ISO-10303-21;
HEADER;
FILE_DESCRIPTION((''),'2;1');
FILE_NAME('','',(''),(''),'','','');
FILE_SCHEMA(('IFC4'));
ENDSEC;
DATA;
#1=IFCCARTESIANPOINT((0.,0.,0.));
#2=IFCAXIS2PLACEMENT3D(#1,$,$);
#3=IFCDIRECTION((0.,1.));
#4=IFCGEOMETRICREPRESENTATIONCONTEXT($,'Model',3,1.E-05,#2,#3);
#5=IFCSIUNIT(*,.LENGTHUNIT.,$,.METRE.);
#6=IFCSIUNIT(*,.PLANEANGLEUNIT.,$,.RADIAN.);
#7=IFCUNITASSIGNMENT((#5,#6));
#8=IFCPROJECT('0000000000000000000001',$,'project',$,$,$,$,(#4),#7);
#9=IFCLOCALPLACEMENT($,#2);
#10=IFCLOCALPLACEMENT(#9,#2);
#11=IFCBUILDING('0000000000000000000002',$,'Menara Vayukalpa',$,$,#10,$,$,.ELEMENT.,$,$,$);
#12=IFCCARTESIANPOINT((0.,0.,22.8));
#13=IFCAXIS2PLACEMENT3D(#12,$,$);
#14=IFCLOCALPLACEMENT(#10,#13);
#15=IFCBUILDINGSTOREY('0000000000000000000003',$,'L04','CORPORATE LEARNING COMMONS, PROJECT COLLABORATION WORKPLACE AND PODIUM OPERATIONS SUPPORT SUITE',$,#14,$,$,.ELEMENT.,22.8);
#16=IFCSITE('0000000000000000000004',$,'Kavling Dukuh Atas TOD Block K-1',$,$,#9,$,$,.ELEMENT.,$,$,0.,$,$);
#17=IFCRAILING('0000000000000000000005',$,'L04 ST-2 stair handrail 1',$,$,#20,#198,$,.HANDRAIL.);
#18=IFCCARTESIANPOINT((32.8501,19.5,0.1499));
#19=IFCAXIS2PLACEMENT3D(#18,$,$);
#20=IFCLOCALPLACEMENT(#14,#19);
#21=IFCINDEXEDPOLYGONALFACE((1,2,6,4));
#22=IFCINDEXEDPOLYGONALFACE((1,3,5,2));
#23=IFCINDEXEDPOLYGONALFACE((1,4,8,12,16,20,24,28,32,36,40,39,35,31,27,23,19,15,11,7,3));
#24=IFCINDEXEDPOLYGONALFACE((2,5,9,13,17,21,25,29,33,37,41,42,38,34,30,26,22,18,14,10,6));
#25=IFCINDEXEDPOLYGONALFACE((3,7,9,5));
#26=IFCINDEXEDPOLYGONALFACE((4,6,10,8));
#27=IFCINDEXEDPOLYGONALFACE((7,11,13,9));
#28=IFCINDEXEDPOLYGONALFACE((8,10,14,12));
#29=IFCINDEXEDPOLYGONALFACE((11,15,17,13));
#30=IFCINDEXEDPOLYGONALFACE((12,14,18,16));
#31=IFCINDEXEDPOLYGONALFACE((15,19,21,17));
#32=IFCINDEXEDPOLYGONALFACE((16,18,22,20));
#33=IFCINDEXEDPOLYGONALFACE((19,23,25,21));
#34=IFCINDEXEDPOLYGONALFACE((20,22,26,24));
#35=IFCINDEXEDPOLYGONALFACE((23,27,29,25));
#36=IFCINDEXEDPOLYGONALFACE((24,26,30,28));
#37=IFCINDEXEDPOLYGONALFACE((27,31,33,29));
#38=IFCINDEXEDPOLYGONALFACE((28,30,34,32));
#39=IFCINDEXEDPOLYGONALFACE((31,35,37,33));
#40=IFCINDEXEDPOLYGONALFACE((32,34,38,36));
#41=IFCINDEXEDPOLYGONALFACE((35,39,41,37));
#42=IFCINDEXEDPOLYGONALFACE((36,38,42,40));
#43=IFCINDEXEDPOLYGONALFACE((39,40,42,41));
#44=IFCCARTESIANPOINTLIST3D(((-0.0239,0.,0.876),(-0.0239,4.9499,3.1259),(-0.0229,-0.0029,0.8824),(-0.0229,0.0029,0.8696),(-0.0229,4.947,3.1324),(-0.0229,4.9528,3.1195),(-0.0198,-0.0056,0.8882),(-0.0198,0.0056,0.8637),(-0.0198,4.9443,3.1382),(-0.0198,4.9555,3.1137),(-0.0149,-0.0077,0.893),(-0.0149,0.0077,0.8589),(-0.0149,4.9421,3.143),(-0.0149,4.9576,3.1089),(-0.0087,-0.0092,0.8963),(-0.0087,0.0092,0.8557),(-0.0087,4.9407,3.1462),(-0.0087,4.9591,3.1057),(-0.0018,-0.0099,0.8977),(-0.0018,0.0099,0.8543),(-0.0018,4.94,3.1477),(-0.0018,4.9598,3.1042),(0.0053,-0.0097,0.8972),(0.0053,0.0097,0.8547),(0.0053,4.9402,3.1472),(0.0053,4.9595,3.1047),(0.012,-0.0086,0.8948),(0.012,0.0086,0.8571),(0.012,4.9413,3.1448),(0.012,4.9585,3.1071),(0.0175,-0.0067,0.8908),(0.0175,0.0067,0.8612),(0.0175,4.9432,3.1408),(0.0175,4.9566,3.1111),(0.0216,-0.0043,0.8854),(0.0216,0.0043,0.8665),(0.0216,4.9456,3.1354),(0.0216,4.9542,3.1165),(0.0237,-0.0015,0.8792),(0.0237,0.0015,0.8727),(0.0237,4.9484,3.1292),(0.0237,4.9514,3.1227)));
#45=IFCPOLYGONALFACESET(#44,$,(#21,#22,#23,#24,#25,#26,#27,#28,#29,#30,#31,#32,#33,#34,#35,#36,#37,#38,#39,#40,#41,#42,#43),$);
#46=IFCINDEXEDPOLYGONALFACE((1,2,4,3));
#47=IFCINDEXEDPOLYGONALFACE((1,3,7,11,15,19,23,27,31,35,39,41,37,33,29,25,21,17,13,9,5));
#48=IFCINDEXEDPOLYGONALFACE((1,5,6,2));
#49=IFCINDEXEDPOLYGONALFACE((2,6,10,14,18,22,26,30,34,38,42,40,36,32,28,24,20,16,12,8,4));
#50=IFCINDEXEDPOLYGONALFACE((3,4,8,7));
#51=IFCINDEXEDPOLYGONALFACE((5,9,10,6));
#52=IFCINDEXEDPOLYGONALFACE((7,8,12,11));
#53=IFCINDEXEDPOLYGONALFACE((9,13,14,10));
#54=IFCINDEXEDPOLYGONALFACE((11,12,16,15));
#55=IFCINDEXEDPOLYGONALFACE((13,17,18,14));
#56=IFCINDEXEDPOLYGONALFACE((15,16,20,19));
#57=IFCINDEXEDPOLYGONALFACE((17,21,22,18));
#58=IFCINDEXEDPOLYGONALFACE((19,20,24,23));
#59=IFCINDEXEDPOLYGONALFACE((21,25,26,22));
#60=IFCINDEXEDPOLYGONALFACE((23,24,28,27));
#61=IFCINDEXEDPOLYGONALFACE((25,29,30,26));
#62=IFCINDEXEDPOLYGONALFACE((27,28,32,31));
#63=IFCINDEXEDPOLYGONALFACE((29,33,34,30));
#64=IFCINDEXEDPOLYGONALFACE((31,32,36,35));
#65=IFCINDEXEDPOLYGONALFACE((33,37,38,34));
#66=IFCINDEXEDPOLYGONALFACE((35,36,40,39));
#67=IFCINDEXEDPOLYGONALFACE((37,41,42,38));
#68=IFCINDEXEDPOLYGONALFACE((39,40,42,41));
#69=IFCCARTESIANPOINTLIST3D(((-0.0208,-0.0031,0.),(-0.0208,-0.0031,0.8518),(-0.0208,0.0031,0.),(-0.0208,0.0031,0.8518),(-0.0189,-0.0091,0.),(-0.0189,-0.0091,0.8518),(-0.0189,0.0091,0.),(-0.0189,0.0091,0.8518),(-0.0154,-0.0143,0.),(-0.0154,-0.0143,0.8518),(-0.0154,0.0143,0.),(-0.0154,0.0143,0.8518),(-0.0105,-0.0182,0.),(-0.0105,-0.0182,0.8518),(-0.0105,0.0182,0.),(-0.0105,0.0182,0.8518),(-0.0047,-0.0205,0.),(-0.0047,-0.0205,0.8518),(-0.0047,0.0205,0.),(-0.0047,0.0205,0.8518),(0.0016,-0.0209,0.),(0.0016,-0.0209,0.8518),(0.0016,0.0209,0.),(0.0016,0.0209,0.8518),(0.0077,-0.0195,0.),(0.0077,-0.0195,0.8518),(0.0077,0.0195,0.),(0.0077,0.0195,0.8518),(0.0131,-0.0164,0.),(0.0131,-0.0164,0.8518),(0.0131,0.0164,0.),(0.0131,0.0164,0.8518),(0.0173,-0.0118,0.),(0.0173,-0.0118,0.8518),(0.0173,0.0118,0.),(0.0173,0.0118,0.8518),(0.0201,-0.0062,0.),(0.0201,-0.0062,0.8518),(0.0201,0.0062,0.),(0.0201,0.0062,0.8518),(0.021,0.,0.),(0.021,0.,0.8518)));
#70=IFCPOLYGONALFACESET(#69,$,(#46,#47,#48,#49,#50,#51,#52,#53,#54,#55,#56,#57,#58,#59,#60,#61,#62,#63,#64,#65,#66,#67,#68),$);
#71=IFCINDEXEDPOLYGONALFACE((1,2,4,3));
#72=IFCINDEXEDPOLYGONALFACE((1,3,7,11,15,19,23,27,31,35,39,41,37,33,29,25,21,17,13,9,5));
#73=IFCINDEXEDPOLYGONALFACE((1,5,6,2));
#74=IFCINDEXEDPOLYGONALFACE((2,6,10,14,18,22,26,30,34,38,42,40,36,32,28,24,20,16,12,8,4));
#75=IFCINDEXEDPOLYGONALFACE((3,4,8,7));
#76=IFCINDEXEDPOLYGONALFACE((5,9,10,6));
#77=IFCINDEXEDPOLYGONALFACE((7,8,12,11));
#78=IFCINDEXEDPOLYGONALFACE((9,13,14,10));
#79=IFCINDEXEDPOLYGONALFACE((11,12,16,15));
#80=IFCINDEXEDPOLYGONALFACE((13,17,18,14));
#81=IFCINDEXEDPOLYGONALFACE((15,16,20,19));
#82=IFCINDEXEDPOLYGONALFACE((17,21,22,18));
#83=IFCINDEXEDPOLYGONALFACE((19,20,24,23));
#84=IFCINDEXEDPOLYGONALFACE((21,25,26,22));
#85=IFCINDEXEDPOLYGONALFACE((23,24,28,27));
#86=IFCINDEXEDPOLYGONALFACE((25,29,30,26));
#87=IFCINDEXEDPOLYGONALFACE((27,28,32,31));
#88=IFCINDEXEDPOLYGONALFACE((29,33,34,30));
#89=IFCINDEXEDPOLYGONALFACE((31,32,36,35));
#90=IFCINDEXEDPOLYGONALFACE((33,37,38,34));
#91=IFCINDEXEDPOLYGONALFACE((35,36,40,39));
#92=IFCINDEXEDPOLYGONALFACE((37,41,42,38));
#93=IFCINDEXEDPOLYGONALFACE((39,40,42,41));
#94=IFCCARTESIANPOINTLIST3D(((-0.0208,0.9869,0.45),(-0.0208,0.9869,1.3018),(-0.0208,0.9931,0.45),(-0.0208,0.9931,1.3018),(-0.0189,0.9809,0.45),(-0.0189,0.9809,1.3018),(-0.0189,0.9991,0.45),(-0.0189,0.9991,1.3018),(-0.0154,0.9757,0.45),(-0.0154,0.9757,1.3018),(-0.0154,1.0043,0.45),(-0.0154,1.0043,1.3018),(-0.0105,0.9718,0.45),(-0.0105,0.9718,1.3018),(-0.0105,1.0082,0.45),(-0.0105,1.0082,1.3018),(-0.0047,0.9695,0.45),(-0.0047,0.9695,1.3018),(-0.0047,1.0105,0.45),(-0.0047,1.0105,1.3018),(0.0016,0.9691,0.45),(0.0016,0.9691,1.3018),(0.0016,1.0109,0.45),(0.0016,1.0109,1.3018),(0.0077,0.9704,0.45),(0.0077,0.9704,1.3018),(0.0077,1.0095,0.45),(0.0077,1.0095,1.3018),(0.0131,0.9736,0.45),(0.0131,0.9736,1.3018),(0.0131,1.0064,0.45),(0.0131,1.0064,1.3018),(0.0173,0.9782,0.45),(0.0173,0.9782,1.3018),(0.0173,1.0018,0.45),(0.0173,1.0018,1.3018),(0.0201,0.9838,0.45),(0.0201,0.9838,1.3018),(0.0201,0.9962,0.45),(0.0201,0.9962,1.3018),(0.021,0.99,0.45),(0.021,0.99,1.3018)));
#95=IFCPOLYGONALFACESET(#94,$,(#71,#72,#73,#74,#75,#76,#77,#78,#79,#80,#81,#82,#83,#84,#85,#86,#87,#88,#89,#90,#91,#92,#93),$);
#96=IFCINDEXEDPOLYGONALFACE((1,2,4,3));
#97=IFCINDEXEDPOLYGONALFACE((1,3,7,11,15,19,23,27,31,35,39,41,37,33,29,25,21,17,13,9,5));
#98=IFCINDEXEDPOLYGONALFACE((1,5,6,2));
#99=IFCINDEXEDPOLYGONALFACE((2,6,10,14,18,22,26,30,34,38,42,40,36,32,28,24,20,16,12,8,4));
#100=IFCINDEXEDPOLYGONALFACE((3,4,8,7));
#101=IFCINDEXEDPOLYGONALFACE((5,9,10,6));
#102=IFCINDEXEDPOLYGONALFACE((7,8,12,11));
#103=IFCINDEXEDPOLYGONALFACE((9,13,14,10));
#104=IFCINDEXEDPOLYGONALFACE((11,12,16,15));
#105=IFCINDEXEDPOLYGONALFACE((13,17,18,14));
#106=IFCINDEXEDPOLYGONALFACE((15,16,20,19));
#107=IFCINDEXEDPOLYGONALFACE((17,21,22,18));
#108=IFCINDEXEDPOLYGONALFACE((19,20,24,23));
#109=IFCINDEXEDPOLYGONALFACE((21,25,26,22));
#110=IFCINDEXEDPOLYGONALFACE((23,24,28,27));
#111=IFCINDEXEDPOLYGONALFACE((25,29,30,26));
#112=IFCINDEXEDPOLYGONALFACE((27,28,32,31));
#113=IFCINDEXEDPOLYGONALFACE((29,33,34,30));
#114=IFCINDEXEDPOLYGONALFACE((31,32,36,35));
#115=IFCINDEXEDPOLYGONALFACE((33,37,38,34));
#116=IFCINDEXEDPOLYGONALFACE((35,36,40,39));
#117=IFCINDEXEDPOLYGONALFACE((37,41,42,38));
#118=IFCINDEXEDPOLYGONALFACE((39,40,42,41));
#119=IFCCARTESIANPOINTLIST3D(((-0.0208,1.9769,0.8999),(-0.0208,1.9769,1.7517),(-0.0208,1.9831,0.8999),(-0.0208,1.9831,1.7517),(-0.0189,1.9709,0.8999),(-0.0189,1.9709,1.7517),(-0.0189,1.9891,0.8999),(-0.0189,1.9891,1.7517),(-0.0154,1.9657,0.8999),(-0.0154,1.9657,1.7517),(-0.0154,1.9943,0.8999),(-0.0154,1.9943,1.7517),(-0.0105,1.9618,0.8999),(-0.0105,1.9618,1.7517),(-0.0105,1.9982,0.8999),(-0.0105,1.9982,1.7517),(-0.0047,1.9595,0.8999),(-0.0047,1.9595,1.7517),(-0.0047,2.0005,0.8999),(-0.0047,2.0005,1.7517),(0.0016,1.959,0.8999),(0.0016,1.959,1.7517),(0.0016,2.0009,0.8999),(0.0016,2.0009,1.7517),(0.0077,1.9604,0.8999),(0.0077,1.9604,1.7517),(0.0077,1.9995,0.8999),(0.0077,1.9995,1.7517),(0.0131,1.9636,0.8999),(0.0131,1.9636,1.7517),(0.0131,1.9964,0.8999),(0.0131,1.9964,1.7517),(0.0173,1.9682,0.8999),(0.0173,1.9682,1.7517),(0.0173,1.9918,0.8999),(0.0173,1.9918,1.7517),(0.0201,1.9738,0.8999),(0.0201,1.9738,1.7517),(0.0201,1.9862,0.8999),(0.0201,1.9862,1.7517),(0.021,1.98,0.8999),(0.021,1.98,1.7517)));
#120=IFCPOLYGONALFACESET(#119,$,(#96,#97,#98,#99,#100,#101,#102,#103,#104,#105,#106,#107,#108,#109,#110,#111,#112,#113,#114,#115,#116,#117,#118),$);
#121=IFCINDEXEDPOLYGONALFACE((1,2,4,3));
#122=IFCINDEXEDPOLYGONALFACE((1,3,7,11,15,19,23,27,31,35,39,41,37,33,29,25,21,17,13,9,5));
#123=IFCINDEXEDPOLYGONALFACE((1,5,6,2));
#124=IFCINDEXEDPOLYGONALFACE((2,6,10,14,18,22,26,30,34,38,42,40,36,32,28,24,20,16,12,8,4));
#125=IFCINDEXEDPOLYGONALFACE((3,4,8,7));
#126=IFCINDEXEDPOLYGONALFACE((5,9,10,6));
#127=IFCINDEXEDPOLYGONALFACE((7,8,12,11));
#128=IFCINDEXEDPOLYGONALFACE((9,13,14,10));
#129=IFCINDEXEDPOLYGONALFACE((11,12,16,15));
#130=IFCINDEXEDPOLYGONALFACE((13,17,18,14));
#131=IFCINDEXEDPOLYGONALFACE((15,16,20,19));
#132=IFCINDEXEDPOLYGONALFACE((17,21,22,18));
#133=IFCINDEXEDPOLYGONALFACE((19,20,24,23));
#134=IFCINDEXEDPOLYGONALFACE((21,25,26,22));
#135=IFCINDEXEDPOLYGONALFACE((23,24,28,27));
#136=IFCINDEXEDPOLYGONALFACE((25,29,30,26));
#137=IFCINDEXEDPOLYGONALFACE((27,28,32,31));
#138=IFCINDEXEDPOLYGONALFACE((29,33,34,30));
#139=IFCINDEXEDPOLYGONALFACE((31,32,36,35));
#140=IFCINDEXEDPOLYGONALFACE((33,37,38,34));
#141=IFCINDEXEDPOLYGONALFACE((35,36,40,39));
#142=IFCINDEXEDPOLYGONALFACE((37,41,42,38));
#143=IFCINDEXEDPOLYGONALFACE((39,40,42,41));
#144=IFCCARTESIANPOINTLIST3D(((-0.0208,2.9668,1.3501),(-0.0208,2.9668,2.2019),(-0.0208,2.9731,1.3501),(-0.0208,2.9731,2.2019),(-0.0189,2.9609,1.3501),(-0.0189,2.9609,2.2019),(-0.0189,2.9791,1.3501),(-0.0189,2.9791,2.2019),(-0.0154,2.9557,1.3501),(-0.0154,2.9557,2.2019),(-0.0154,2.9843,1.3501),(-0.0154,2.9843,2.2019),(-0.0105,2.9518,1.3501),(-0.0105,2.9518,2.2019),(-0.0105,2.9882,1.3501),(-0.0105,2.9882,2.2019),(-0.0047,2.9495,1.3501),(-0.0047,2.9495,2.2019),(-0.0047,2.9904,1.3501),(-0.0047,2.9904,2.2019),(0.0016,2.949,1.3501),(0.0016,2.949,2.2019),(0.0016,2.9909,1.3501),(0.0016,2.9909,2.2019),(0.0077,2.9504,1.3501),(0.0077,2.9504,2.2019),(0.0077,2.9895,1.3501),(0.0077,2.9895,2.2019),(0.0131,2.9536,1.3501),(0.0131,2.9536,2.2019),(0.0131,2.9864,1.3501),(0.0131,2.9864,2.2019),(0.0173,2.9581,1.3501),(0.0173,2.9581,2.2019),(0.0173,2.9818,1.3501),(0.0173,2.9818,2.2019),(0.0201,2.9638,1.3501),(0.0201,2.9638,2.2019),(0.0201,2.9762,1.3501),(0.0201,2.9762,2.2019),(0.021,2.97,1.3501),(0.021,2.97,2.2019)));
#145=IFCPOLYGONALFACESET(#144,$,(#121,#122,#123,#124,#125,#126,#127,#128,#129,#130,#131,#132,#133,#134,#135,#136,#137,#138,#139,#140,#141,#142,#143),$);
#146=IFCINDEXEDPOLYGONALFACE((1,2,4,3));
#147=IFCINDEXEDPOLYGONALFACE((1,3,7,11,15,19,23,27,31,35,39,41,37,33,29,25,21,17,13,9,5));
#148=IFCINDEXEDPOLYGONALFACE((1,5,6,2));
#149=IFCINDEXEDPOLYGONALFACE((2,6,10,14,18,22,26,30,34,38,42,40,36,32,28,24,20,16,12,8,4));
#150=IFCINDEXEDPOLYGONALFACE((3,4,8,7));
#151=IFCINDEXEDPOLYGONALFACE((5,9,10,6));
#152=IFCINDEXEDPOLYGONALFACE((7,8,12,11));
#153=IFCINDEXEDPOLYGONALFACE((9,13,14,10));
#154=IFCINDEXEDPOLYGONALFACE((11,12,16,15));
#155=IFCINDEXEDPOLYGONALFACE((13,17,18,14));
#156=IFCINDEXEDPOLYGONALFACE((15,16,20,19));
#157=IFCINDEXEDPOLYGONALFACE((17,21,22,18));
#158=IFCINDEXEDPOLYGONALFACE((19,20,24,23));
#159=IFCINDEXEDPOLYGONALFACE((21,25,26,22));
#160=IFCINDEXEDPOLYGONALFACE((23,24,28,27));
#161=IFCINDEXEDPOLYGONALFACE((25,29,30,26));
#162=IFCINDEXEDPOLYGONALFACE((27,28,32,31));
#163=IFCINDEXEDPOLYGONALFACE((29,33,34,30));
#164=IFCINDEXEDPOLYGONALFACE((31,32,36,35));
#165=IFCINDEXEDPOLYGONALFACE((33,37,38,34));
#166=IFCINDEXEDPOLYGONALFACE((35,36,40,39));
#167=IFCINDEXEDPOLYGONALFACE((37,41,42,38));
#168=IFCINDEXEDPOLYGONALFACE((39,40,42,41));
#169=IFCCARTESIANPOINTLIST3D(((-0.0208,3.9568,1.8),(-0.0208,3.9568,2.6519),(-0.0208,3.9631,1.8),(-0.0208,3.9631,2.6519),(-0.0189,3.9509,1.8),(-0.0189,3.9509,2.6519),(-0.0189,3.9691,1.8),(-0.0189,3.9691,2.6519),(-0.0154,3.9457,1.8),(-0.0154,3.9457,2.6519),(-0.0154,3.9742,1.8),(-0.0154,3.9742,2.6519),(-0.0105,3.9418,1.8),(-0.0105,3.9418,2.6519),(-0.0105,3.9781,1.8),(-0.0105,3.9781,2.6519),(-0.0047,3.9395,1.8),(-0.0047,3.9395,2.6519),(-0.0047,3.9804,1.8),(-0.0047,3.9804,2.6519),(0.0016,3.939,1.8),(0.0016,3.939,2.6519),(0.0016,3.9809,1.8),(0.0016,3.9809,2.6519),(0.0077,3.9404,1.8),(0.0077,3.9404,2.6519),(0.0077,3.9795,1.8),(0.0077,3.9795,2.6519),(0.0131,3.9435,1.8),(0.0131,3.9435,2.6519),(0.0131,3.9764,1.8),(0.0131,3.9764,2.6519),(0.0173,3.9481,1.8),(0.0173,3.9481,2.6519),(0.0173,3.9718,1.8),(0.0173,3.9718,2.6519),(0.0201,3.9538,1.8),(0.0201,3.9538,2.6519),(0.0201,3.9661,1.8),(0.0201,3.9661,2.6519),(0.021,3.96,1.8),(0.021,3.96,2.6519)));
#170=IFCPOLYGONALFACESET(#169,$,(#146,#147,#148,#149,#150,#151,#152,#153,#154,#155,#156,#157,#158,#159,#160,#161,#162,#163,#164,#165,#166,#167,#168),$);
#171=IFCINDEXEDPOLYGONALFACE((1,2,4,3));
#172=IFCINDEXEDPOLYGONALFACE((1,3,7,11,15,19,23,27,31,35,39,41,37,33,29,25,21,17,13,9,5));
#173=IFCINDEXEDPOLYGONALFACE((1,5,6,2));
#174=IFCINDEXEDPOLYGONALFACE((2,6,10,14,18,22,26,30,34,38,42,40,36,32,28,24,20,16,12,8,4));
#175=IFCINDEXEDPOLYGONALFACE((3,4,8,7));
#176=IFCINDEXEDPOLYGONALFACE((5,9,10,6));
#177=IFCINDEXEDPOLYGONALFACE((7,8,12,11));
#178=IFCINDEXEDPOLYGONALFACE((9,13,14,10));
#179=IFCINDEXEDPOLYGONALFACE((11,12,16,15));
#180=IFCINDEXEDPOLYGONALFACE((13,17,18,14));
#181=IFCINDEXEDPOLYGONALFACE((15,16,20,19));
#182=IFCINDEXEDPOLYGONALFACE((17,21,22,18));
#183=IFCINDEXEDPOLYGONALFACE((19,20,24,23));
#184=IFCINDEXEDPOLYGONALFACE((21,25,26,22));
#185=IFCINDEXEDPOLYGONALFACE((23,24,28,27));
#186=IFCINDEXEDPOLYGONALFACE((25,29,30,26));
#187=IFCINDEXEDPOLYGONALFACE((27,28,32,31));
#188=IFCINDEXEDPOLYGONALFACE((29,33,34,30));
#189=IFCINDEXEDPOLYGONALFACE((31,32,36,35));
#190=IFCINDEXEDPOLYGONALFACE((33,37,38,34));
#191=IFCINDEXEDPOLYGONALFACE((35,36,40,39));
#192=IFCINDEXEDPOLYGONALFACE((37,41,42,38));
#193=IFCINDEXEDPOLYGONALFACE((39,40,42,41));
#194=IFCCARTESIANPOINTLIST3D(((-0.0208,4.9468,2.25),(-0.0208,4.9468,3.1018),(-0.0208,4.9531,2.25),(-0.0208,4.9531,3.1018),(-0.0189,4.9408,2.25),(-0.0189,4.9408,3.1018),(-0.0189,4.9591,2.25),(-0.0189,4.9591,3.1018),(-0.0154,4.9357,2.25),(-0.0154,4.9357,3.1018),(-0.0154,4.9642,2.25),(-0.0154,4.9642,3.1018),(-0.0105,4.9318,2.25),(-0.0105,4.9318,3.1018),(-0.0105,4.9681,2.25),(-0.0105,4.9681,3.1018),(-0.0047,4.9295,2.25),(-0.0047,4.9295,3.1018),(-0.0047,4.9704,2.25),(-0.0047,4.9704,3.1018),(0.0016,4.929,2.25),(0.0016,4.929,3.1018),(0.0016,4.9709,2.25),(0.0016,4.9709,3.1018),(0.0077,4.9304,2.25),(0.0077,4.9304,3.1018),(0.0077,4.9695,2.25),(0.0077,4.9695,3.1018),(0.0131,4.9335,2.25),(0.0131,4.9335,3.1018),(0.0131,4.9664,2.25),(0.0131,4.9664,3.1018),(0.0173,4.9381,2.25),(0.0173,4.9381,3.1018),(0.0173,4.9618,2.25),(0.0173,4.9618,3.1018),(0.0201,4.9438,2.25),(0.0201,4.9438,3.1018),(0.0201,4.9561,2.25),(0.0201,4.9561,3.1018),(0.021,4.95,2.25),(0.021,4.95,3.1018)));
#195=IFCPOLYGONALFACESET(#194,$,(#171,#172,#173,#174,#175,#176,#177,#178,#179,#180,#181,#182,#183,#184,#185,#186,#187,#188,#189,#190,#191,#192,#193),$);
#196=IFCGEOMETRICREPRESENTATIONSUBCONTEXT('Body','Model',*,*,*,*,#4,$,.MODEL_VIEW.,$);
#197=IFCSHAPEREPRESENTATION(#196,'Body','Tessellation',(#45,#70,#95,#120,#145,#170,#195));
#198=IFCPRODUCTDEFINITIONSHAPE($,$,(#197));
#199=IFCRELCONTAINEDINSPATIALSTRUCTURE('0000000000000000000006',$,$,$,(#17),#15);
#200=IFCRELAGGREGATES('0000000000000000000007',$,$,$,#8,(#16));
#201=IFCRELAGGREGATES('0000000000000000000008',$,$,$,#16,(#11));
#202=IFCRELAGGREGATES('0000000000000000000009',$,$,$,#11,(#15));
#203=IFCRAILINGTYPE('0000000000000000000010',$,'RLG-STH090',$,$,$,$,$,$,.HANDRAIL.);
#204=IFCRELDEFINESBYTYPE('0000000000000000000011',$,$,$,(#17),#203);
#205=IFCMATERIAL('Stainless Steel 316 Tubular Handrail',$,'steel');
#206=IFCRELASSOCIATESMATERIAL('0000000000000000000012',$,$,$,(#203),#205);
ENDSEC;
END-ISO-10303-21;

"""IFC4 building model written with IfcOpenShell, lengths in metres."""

from ifc_helpers import new_model, si_unit, direction, frame, origin, origin_2d, place, context, subcontext, project, spatial, circle, extrude, material, type_object, element, save


model = new_model("IFC4")

# Units and contexts
model_context = context("Model", 3, precision=1e-05, world=origin(), true_north=direction((0.0, 1.0)))
body_context = subcontext(model_context, "Body", "Model", "MODEL_VIEW")
ifc_project = project(units=[si_unit("LENGTHUNIT", "METRE"), si_unit("PLANEANGLEUNIT", "RADIAN")], contexts=[model_context])

# Site, building, storey
site_placement = place(None, origin())
site = spatial("IfcSite", under=ifc_project, at=site_placement, Name="Kavling Dukuh Atas TOD Block K-1", CompositionType="ELEMENT", RefElevation=0.0)
building_placement = place(site_placement, origin())
building = spatial("IfcBuilding", under=site, at=building_placement, Name="Menara Vayukalpa", CompositionType="ELEMENT")
storey_placement = place(building_placement, frame((0.0, 0.0, 22.8)))
storey = spatial("IfcBuildingStorey", under=building, at=storey_placement, Name="L04", Description="CORPORATE LEARNING COMMONS, PROJECT COLLABORATION WORKPLACE AND PODIUM OPERATIONS SUPPORT SUITE", CompositionType="ELEMENT", Elevation=22.8)

# Railing
ifc_material_1 = material(Name="Stainless Steel 316 Tubular Handrail", Category="steel")
railing_type_1 = type_object("IfcRailingType", Name="RLG-STH090", PredefinedType="HANDRAIL", material=ifc_material_1)
railing_1_placement = place(storey_placement, frame((32.8501, 19.5, 0.1499)))
element("IfcRailing", 1, at=railing_1_placement, inside=storey, type_object=railing_type_1, Name="L04 ST-2 stair handrail 1", PredefinedType="HANDRAIL", context=body_context, shape_type="SweptSolid", body=[
    extrude(circle(Radius=0.0239, at=origin_2d()), frame((0.0, 0.0, 0.876), z_axis=(0.0, 0.910365, 0.413806), x_axis=(-1.0, 0.0, 0.0)), (0.0, 0.0, 1.0), 5.4373),
    extrude(circle(Radius=0.021, at=origin_2d()), origin(), (0.0, 0.0, 1.0), 0.8518),
    extrude(circle(Radius=0.021, at=origin_2d()), frame((0.0, 0.99, 0.45)), (0.0, 0.0, 1.0), 0.8518),
    extrude(circle(Radius=0.021, at=origin_2d()), frame((0.0, 1.98, 0.8999)), (0.0, 0.0, 1.0), 0.8518),
    extrude(circle(Radius=0.021, at=origin_2d()), frame((0.0, 2.97, 1.3501)), (0.0, 0.0, 1.0), 0.8518),
    extrude(circle(Radius=0.021, at=origin_2d()), frame((0.0, 3.96, 1.8)), (0.0, 0.0, 1.0), 0.8518),
    extrude(circle(Radius=0.021, at=origin_2d()), frame((0.0, 4.95, 2.25)), (0.0, 0.0, 1.0), 0.8518),
])

save(model, "model.ifc")
